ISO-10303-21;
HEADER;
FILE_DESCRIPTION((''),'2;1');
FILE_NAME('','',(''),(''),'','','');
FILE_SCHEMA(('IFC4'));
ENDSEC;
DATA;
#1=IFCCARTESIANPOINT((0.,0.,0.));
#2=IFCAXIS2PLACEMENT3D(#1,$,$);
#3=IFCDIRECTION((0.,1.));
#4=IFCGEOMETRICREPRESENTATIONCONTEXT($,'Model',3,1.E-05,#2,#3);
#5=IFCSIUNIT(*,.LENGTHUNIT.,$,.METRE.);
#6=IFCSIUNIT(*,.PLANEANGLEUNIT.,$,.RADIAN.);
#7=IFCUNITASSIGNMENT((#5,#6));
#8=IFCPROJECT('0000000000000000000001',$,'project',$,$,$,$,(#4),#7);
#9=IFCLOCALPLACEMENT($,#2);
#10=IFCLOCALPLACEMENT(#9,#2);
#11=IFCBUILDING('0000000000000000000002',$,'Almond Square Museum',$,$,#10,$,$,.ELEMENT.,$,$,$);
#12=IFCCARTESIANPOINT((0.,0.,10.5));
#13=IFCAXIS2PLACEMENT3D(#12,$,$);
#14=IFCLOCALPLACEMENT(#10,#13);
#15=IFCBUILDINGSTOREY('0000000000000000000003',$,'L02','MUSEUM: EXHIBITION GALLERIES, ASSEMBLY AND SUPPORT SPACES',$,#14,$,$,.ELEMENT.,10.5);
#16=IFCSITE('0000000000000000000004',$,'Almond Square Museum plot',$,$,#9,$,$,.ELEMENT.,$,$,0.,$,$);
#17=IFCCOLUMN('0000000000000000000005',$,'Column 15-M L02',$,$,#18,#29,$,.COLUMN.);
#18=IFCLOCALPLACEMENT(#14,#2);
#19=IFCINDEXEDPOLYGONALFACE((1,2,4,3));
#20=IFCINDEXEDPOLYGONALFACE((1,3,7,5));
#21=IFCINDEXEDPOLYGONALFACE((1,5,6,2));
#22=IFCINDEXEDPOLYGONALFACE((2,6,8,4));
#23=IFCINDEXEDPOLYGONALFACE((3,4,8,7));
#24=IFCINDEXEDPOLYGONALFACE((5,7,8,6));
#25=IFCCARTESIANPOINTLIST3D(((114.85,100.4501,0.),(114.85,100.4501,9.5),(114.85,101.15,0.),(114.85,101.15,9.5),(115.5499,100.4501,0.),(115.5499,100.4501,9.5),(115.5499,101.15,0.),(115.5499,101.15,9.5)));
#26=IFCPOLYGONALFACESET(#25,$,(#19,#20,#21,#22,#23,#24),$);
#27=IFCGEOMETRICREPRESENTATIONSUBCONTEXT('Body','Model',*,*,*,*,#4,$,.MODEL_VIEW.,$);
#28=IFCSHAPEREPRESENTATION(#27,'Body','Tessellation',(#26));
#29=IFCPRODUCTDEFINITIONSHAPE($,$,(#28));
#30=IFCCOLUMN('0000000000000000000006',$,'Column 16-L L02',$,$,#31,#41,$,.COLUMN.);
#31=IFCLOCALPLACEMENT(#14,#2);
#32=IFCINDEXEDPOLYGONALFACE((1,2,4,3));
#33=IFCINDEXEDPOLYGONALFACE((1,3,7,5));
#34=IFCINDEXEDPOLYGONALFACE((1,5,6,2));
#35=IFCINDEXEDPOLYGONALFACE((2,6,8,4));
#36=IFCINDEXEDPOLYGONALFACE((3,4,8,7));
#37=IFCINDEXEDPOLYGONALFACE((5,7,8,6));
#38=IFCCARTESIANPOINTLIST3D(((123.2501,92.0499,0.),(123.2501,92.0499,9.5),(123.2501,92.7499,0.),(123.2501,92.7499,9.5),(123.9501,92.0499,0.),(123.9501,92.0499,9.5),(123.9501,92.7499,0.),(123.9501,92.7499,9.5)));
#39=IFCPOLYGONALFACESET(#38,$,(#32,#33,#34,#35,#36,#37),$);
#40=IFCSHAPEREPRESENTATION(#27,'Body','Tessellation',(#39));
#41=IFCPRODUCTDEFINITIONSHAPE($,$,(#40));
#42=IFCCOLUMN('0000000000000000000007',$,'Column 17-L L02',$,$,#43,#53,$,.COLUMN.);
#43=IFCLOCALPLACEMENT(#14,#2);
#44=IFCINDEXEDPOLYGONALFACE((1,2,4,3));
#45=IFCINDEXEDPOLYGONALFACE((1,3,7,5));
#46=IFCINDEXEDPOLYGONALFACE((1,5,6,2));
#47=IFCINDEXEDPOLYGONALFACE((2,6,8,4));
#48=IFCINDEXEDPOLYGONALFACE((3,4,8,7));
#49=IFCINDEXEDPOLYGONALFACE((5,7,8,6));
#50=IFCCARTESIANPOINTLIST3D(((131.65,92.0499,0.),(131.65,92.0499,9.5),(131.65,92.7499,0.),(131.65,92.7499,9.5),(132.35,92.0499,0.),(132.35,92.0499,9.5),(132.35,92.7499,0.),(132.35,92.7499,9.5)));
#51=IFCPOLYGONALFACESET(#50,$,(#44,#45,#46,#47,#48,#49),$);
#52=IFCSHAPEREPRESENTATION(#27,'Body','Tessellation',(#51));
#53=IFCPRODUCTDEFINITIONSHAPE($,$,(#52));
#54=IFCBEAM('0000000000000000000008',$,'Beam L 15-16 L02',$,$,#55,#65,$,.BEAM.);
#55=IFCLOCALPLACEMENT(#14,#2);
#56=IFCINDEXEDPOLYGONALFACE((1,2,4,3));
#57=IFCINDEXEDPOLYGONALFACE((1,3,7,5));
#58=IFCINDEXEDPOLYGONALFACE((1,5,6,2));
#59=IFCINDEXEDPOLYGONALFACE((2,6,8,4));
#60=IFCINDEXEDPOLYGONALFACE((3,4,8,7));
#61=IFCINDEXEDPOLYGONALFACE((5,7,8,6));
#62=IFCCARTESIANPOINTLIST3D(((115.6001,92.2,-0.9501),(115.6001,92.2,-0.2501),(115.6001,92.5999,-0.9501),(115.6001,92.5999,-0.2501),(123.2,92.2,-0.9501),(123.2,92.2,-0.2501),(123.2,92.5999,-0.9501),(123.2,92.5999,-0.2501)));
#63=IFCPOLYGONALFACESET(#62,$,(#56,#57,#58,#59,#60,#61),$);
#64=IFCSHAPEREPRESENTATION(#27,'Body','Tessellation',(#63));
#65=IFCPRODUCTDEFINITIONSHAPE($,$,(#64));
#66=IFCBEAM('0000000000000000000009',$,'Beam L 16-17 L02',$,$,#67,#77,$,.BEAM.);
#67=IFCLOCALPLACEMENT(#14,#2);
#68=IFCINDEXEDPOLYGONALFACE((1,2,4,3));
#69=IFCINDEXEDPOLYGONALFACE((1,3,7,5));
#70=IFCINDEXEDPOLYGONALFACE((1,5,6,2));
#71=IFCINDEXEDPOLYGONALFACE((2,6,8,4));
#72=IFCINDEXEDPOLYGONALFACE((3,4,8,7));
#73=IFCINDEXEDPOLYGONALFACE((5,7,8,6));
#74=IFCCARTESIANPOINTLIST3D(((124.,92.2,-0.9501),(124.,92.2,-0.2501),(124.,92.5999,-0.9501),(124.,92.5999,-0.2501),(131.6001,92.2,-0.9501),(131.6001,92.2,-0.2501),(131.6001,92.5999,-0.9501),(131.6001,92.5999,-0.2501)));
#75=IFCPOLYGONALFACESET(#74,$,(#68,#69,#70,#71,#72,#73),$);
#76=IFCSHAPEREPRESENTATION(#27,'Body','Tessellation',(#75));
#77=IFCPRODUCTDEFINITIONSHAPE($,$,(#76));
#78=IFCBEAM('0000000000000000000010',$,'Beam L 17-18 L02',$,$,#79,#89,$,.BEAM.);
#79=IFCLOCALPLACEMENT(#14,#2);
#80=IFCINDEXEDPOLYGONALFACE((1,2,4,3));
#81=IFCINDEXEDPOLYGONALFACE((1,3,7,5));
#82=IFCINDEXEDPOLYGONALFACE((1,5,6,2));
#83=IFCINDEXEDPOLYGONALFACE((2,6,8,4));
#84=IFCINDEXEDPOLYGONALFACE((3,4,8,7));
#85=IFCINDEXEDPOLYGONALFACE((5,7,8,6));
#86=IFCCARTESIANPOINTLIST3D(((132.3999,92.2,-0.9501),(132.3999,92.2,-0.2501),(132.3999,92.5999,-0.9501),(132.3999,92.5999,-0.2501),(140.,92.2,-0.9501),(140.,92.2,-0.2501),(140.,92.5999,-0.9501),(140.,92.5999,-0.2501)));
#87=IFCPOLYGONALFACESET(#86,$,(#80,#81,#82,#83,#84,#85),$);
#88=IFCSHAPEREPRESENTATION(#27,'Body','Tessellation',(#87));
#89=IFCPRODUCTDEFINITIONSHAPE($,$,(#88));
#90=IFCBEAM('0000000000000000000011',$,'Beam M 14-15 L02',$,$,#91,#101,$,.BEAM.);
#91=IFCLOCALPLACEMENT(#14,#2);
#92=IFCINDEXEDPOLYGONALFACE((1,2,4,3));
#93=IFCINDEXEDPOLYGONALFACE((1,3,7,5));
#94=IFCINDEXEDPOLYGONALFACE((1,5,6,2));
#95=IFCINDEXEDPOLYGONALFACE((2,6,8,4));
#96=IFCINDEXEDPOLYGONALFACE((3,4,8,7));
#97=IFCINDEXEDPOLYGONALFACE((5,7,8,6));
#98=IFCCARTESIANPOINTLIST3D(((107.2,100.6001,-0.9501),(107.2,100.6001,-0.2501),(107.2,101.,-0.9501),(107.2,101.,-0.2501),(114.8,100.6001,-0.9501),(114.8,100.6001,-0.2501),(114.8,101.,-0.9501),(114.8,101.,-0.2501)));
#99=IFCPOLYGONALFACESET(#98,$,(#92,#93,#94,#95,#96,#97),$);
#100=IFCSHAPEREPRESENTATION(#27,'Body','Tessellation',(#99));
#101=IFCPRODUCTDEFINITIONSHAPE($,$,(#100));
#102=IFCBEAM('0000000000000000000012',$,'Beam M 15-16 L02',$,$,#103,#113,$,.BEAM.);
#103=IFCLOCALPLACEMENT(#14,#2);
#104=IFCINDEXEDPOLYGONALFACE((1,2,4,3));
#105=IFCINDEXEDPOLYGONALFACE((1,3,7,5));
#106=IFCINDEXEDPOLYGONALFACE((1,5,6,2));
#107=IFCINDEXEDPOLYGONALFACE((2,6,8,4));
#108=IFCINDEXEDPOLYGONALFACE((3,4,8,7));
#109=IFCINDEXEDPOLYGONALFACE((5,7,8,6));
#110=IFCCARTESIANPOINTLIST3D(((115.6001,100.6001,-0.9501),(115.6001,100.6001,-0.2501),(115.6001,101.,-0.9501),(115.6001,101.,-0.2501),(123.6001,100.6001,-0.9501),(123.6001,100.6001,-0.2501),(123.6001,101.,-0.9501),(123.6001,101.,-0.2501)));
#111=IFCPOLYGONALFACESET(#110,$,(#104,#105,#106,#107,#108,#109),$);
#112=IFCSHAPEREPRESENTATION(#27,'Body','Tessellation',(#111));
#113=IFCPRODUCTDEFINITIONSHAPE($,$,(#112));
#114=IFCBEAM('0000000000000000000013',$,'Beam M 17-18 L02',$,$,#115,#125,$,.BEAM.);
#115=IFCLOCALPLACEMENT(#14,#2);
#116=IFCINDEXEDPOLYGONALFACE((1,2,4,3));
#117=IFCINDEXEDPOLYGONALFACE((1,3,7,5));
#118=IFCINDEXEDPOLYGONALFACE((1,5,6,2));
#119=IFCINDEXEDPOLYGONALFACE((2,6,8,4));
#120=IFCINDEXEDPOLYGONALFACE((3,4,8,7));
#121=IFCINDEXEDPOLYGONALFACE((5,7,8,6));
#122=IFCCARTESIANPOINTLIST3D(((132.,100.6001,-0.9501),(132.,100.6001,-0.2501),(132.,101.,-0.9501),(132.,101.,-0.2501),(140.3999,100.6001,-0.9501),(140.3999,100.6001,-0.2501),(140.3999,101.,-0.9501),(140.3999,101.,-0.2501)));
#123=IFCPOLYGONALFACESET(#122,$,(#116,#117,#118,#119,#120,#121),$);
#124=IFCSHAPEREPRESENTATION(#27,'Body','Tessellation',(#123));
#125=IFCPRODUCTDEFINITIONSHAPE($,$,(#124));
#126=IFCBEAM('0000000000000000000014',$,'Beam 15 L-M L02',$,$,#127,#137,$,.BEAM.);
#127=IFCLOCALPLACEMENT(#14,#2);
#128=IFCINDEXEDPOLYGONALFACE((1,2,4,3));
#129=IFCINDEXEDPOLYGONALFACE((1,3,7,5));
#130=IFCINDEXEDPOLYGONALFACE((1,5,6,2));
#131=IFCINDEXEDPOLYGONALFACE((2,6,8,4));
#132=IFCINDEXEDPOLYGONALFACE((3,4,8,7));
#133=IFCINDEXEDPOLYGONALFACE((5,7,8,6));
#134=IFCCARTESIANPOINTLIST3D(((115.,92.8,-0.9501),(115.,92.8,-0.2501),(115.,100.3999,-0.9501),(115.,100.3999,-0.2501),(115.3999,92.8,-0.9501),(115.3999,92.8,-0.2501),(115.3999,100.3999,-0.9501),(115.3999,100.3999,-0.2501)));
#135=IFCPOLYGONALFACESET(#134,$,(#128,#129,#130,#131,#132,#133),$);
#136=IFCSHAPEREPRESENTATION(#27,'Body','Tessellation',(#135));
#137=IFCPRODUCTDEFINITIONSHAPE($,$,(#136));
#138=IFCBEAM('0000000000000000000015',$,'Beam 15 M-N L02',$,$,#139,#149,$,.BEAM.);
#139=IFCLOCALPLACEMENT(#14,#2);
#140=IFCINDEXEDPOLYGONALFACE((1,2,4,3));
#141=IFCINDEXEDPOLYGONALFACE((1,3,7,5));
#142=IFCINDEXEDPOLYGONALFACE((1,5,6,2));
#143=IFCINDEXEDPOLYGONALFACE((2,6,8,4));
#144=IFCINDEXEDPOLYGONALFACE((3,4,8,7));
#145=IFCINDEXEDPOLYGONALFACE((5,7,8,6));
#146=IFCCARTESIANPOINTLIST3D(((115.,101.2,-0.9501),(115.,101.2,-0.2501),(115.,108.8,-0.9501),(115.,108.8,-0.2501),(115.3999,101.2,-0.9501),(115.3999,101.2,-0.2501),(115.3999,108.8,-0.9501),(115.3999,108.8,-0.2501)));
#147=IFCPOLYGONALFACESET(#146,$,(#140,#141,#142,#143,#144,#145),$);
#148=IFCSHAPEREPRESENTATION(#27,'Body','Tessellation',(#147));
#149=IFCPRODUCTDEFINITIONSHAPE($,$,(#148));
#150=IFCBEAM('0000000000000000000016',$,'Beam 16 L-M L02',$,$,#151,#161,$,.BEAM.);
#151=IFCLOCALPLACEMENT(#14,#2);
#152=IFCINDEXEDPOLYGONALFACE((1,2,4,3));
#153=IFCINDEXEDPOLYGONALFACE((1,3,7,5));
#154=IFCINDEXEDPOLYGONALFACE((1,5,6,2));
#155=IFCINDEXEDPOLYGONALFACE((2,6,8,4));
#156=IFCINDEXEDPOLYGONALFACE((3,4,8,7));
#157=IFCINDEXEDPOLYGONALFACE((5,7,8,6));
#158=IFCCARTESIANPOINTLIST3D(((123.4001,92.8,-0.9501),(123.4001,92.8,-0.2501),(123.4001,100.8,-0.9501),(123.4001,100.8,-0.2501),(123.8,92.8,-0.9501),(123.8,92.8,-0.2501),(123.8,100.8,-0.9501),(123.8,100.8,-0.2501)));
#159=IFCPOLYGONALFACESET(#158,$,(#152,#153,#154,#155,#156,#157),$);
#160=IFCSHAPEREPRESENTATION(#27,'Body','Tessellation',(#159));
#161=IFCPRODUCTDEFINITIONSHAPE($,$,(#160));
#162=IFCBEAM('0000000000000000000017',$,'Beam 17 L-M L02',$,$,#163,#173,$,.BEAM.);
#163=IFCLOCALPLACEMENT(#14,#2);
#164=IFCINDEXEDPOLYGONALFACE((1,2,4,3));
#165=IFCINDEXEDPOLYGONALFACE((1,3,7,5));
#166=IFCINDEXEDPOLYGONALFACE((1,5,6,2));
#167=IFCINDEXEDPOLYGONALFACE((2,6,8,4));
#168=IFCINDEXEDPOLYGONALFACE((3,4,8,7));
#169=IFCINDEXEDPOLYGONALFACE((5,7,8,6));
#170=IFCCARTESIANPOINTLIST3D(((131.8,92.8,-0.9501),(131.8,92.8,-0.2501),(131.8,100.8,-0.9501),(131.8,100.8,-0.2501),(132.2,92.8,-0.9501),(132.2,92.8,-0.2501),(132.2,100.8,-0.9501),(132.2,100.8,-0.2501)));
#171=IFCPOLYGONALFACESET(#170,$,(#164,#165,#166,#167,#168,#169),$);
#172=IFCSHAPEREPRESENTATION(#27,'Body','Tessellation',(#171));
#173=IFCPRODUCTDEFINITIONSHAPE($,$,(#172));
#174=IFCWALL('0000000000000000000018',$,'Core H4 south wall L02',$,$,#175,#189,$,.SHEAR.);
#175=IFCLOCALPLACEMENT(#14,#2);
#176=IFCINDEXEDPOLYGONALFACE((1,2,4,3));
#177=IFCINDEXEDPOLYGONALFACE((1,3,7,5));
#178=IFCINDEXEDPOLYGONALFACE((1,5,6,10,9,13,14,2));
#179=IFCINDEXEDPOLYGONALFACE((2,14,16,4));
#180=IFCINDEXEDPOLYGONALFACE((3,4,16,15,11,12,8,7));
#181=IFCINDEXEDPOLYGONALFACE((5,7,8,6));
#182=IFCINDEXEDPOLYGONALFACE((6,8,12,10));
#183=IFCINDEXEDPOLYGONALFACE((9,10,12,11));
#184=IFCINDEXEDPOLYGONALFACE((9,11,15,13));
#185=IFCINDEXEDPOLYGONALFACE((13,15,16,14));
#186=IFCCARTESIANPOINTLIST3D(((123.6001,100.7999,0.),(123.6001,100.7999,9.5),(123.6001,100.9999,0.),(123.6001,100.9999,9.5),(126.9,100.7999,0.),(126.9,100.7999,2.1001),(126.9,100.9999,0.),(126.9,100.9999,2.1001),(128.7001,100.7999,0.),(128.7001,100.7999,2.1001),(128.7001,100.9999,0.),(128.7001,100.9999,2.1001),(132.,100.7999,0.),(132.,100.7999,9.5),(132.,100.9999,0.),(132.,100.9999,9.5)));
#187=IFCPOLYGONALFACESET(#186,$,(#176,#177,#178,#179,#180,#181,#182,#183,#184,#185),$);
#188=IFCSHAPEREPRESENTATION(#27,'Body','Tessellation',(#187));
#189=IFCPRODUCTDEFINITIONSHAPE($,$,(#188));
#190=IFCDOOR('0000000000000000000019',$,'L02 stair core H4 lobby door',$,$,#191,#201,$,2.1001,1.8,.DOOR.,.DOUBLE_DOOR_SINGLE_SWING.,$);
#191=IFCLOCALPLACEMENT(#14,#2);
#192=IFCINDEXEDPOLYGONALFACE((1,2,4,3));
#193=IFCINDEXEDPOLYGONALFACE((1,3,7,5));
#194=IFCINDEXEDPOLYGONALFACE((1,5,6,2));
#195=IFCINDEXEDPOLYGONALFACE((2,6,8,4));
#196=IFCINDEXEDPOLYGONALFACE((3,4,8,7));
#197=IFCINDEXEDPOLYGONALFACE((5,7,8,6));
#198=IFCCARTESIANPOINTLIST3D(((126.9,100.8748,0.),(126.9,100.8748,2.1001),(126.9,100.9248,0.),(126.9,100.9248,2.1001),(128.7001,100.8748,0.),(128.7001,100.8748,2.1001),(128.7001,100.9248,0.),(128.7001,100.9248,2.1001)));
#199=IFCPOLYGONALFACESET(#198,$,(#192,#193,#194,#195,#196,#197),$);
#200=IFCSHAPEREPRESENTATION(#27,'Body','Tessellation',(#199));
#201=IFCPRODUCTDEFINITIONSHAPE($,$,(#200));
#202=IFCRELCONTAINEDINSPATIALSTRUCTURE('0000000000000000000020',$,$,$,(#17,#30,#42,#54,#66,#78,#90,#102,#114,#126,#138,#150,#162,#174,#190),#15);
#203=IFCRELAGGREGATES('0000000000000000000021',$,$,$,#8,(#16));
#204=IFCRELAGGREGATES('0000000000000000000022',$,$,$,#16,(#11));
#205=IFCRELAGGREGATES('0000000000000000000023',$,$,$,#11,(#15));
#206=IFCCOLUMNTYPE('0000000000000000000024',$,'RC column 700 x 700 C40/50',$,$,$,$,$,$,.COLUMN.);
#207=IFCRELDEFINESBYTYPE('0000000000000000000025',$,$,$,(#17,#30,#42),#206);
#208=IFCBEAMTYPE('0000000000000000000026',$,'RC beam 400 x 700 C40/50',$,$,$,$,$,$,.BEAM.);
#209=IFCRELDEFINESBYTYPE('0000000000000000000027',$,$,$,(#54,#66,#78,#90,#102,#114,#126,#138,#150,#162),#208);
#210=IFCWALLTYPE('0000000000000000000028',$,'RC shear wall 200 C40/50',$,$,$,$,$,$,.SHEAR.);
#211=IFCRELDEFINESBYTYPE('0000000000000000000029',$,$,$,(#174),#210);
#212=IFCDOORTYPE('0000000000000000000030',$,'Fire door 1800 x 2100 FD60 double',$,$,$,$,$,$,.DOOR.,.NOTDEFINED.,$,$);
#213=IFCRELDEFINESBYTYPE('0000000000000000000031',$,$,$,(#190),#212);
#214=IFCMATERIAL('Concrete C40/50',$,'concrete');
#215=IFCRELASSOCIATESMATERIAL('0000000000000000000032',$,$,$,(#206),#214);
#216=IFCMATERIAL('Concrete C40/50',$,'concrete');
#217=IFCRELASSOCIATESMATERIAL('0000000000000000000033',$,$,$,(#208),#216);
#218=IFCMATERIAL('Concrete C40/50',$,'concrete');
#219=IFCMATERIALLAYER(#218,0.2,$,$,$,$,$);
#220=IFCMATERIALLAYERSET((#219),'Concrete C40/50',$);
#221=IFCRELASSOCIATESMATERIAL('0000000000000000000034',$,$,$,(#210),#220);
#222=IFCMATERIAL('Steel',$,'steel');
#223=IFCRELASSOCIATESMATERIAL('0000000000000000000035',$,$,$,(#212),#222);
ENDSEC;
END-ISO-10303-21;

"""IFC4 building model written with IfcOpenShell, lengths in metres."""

from ifc_helpers import new_model, si_unit, direction, frame, frame_2d, origin, origin_2d, place, context, subcontext, project, spatial, rectangle, extrude, material, layer, layer_set, material_profile, profile_set, type_object, element, fill, save


model = new_model("IFC4")

# Units and contexts
model_context = context("Model", 3, precision=1e-05, world=origin(), true_north=direction((0.0, 1.0)))
body_context = subcontext(model_context, "Body", "Model", "MODEL_VIEW")
ifc_project = project(units=[si_unit("LENGTHUNIT", "METRE"), si_unit("PLANEANGLEUNIT", "RADIAN")], contexts=[model_context])

# Site, building, storey
site_placement = place(None, origin())
site = spatial("IfcSite", under=ifc_project, at=site_placement, Name="Almond Square Museum plot", CompositionType="ELEMENT", RefElevation=0.0)
building_placement = place(site_placement, origin())
building = spatial("IfcBuilding", under=site, at=building_placement, Name="Almond Square Museum", CompositionType="ELEMENT")
storey_placement = place(building_placement, frame((0.0, 0.0, 10.5)))
storey = spatial("IfcBuildingStorey", under=building, at=storey_placement, Name="L02", Description="MUSEUM: EXHIBITION GALLERIES, ASSEMBLY AND SUPPORT SPACES", CompositionType="ELEMENT", Elevation=10.5)

# Columns
ifc_material_1 = material(Name="Concrete C40/50", Category="concrete")
ifc_material_profile_1 = material_profile(ifc_material_1, rectangle(XDim=0.7, YDim=0.7, at=origin_2d()))
ifc_profile_set_1 = profile_set([ifc_material_profile_1], Name="Concrete C40/50")
column_type = type_object("IfcColumnType", Name="RC column 700 x 700 C40/50", PredefinedType="COLUMN", material=ifc_profile_set_1)
for number, where, z_axis, x_axis, name in (
    (1, (115.2, 100.8, 0.0), (0.0, 0.0, 1.0), (1.0, 0.0, 0.0), "Column 15-M L02"),
    (2, (123.6001, 92.3999, 0.0), (0.0, 0.0, 1.0), (1.0, 0.0, 0.0), "Column 16-L L02"),
    (3, (132.0, 92.3999, 0.0), (0.0, 0.0, 1.0), (1.0, 0.0, 0.0), "Column 17-L L02"),
):
    element("IfcColumn", number, at=place(storey_placement, frame(where, z_axis=z_axis, x_axis=x_axis)), inside=storey, type_object=column_type, Name=name, PredefinedType="COLUMN", context=body_context, shape_type="SweptSolid", body=[
        extrude(rectangle(XDim=0.7, YDim=0.7, at=origin_2d()), origin(), (0.0, 0.0, 1.0), 9.5),
    ])

# Beams
ifc_material_2 = material(Name="Concrete C40/50", Category="concrete")
ifc_material_profile_2 = material_profile(ifc_material_2, rectangle(XDim=0.3999, YDim=0.7, at=origin_2d()))
ifc_profile_set_2 = profile_set([ifc_material_profile_2], Name="Concrete C40/50")
beam_type = type_object("IfcBeamType", Name="RC beam 400 x 700 C40/50", PredefinedType="BEAM", material=ifc_profile_set_2)
beam_1_placement = place(storey_placement, frame((115.6001, 92.3999, -0.6001), z_axis=(1.0, 0.0, 0.0), x_axis=(0.0, 1.0, 0.0)))
element("IfcBeam", 4, at=beam_1_placement, inside=storey, type_object=beam_type, Name="Beam L 15-16 L02", PredefinedType="BEAM", context=body_context, shape_type="SweptSolid", body=[
    extrude(rectangle(XDim=0.3999, YDim=0.7, at=origin_2d()), origin(), (0.0, 0.0, 1.0), 7.5999),
])
for number, where, z_axis, x_axis, name in (
    (5, (124.0, 92.3999, -0.6001), (1.0, 0.0, 0.0), (0.0, 1.0, 0.0), "Beam L 16-17 L02"),
    (6, (132.3999, 92.3999, -0.6001), (1.0, 0.0, 0.0), (0.0, 1.0, 0.0), "Beam L 17-18 L02"),
    (7, (107.2, 100.8, -0.6001), (1.0, 0.0, 0.0), (0.0, 1.0, 0.0), "Beam M 14-15 L02"),
):
    element("IfcBeam", number, at=place(storey_placement, frame(where, z_axis=z_axis, x_axis=x_axis)), inside=storey, type_object=beam_type, Name=name, PredefinedType="BEAM", context=body_context, shape_type="SweptSolid", body=[
        extrude(rectangle(XDim=0.3999, YDim=0.7, at=origin_2d()), origin(), (0.0, 0.0, 1.0), 7.6001),
    ])
beam_2_placement = place(storey_placement, frame((115.6001, 100.8, -0.6001), z_axis=(1.0, 0.0, 0.0), x_axis=(0.0, 1.0, 0.0)))
element("IfcBeam", 8, at=beam_2_placement, inside=storey, type_object=beam_type, Name="Beam M 15-16 L02", PredefinedType="BEAM", context=body_context, shape_type="SweptSolid", body=[
    extrude(rectangle(XDim=0.3999, YDim=0.7, at=origin_2d()), origin(), (0.0, 0.0, 1.0), 8.0),
])
beam_3_placement = place(storey_placement, frame((132.0, 100.8, -0.6001), z_axis=(1.0, 0.0, 0.0), x_axis=(0.0, 1.0, 0.0)))
element("IfcBeam", 9, at=beam_3_placement, inside=storey, type_object=beam_type, Name="Beam M 17-18 L02", PredefinedType="BEAM", context=body_context, shape_type="SweptSolid", body=[
    extrude(rectangle(XDim=0.3999, YDim=0.7, at=origin_2d()), origin(), (0.0, 0.0, 1.0), 8.3999),
])
beam_4_placement = place(storey_placement, frame((115.2, 92.8, -0.6001), z_axis=(0.0, 1.0, 0.0), x_axis=(-1.0, 0.0, 0.0)))
element("IfcBeam", 10, at=beam_4_placement, inside=storey, type_object=beam_type, Name="Beam 15 L-M L02", PredefinedType="BEAM", context=body_context, shape_type="SweptSolid", body=[
    extrude(rectangle(XDim=0.3999, YDim=0.7, at=origin_2d()), origin(), (0.0, 0.0, 1.0), 7.5999),
])
beam_5_placement = place(storey_placement, frame((115.2, 101.2, -0.6001), z_axis=(0.0, 1.0, 0.0), x_axis=(-1.0, 0.0, 0.0)))
element("IfcBeam", 11, at=beam_5_placement, inside=storey, type_object=beam_type, Name="Beam 15 M-N L02", PredefinedType="BEAM", context=body_context, shape_type="SweptSolid", body=[
    extrude(rectangle(XDim=0.3999, YDim=0.7, at=origin_2d()), origin(), (0.0, 0.0, 1.0), 7.6001),
])
for number, where, z_axis, x_axis, name in (
    (12, (123.6001, 92.8, -0.6001), (0.0, 1.0, 0.0), (-1.0, 0.0, 0.0), "Beam 16 L-M L02"),
    (13, (132.0, 92.8, -0.6001), (0.0, 1.0, 0.0), (-1.0, 0.0, 0.0), "Beam 17 L-M L02"),
):
    element("IfcBeam", number, at=place(storey_placement, frame(where, z_axis=z_axis, x_axis=x_axis)), inside=storey, type_object=beam_type, Name=name, PredefinedType="BEAM", context=body_context, shape_type="SweptSolid", body=[
        extrude(rectangle(XDim=0.3999, YDim=0.7, at=origin_2d()), origin(), (0.0, 0.0, 1.0), 8.0),
    ])

# Wall, opening, door
ifc_material_3 = material(Name="Concrete C40/50", Category="concrete")
ifc_layer = layer(ifc_material_3, 0.2)
ifc_layer_set = layer_set([ifc_layer], Name="Concrete C40/50")
wall_type = type_object("IfcWallType", Name="RC shear wall 200 C40/50", PredefinedType="SHEAR", material=ifc_layer_set)
wall_1_placement = place(storey_placement, frame((123.6001, 100.8999, 0.0), z_axis=(0.0, 0.0, 1.0), x_axis=(1.0, 0.0, 0.0)))
wall_1 = element("IfcWall", 14, at=wall_1_placement, inside=storey, type_object=wall_type, Name="Core H4 south wall L02", PredefinedType="SHEAR", context=body_context, shape_type="SweptSolid", body=[
    extrude(rectangle(XDim=8.3999, YDim=0.2, at=frame_2d((4.2, 0.0))), origin(), (0.0, 0.0, 1.0), 9.5),
])
opening_1_placement = place(wall_1_placement, frame((3.3, 0.0, 0.0)))
opening_1 = element("IfcOpeningElement", 15, at=opening_1_placement, cuts=wall_1, PredefinedType="OPENING", context=body_context, shape_type="SweptSolid", body=[
    extrude(rectangle(XDim=1.8, YDim=2.1001, at=frame_2d((0.8999, 1.05))), frame((0.0, 0.1099, 0.0), z_axis=(0.0, -1.0, 0.0), x_axis=(1.0, 0.0, 0.0)), (0.0, 0.0, 1.0), 0.22),
])
ifc_material_4 = material(Name="Steel", Category="steel")
door_type_1 = type_object("IfcDoorType", Name="Fire door 1800 x 2100 FD60 double", OperationType="NOTDEFINED", PredefinedType="DOOR", material=ifc_material_4)
door_1_placement = place(opening_1_placement, origin())
door_1 = element("IfcDoor", 16, at=door_1_placement, inside=storey, type_object=door_type_1, Name="L02 stair core H4 lobby door", OperationType="DOUBLE_DOOR_SINGLE_SWING", OverallHeight=2.1001, OverallWidth=1.8, PredefinedType="DOOR", context=body_context, shape_type="SweptSolid", body=[
    extrude(rectangle(XDim=1.8, YDim=2.1001, at=frame_2d((0.8999, 1.05))), frame((0.0, 0.0249, 0.0), z_axis=(0.0, -1.0, 0.0), x_axis=(1.0, 0.0, 0.0)), (0.0, 0.0, 1.0), 0.05),
])
fill(opening_1, door_1)

save(model, "model.ifc")
